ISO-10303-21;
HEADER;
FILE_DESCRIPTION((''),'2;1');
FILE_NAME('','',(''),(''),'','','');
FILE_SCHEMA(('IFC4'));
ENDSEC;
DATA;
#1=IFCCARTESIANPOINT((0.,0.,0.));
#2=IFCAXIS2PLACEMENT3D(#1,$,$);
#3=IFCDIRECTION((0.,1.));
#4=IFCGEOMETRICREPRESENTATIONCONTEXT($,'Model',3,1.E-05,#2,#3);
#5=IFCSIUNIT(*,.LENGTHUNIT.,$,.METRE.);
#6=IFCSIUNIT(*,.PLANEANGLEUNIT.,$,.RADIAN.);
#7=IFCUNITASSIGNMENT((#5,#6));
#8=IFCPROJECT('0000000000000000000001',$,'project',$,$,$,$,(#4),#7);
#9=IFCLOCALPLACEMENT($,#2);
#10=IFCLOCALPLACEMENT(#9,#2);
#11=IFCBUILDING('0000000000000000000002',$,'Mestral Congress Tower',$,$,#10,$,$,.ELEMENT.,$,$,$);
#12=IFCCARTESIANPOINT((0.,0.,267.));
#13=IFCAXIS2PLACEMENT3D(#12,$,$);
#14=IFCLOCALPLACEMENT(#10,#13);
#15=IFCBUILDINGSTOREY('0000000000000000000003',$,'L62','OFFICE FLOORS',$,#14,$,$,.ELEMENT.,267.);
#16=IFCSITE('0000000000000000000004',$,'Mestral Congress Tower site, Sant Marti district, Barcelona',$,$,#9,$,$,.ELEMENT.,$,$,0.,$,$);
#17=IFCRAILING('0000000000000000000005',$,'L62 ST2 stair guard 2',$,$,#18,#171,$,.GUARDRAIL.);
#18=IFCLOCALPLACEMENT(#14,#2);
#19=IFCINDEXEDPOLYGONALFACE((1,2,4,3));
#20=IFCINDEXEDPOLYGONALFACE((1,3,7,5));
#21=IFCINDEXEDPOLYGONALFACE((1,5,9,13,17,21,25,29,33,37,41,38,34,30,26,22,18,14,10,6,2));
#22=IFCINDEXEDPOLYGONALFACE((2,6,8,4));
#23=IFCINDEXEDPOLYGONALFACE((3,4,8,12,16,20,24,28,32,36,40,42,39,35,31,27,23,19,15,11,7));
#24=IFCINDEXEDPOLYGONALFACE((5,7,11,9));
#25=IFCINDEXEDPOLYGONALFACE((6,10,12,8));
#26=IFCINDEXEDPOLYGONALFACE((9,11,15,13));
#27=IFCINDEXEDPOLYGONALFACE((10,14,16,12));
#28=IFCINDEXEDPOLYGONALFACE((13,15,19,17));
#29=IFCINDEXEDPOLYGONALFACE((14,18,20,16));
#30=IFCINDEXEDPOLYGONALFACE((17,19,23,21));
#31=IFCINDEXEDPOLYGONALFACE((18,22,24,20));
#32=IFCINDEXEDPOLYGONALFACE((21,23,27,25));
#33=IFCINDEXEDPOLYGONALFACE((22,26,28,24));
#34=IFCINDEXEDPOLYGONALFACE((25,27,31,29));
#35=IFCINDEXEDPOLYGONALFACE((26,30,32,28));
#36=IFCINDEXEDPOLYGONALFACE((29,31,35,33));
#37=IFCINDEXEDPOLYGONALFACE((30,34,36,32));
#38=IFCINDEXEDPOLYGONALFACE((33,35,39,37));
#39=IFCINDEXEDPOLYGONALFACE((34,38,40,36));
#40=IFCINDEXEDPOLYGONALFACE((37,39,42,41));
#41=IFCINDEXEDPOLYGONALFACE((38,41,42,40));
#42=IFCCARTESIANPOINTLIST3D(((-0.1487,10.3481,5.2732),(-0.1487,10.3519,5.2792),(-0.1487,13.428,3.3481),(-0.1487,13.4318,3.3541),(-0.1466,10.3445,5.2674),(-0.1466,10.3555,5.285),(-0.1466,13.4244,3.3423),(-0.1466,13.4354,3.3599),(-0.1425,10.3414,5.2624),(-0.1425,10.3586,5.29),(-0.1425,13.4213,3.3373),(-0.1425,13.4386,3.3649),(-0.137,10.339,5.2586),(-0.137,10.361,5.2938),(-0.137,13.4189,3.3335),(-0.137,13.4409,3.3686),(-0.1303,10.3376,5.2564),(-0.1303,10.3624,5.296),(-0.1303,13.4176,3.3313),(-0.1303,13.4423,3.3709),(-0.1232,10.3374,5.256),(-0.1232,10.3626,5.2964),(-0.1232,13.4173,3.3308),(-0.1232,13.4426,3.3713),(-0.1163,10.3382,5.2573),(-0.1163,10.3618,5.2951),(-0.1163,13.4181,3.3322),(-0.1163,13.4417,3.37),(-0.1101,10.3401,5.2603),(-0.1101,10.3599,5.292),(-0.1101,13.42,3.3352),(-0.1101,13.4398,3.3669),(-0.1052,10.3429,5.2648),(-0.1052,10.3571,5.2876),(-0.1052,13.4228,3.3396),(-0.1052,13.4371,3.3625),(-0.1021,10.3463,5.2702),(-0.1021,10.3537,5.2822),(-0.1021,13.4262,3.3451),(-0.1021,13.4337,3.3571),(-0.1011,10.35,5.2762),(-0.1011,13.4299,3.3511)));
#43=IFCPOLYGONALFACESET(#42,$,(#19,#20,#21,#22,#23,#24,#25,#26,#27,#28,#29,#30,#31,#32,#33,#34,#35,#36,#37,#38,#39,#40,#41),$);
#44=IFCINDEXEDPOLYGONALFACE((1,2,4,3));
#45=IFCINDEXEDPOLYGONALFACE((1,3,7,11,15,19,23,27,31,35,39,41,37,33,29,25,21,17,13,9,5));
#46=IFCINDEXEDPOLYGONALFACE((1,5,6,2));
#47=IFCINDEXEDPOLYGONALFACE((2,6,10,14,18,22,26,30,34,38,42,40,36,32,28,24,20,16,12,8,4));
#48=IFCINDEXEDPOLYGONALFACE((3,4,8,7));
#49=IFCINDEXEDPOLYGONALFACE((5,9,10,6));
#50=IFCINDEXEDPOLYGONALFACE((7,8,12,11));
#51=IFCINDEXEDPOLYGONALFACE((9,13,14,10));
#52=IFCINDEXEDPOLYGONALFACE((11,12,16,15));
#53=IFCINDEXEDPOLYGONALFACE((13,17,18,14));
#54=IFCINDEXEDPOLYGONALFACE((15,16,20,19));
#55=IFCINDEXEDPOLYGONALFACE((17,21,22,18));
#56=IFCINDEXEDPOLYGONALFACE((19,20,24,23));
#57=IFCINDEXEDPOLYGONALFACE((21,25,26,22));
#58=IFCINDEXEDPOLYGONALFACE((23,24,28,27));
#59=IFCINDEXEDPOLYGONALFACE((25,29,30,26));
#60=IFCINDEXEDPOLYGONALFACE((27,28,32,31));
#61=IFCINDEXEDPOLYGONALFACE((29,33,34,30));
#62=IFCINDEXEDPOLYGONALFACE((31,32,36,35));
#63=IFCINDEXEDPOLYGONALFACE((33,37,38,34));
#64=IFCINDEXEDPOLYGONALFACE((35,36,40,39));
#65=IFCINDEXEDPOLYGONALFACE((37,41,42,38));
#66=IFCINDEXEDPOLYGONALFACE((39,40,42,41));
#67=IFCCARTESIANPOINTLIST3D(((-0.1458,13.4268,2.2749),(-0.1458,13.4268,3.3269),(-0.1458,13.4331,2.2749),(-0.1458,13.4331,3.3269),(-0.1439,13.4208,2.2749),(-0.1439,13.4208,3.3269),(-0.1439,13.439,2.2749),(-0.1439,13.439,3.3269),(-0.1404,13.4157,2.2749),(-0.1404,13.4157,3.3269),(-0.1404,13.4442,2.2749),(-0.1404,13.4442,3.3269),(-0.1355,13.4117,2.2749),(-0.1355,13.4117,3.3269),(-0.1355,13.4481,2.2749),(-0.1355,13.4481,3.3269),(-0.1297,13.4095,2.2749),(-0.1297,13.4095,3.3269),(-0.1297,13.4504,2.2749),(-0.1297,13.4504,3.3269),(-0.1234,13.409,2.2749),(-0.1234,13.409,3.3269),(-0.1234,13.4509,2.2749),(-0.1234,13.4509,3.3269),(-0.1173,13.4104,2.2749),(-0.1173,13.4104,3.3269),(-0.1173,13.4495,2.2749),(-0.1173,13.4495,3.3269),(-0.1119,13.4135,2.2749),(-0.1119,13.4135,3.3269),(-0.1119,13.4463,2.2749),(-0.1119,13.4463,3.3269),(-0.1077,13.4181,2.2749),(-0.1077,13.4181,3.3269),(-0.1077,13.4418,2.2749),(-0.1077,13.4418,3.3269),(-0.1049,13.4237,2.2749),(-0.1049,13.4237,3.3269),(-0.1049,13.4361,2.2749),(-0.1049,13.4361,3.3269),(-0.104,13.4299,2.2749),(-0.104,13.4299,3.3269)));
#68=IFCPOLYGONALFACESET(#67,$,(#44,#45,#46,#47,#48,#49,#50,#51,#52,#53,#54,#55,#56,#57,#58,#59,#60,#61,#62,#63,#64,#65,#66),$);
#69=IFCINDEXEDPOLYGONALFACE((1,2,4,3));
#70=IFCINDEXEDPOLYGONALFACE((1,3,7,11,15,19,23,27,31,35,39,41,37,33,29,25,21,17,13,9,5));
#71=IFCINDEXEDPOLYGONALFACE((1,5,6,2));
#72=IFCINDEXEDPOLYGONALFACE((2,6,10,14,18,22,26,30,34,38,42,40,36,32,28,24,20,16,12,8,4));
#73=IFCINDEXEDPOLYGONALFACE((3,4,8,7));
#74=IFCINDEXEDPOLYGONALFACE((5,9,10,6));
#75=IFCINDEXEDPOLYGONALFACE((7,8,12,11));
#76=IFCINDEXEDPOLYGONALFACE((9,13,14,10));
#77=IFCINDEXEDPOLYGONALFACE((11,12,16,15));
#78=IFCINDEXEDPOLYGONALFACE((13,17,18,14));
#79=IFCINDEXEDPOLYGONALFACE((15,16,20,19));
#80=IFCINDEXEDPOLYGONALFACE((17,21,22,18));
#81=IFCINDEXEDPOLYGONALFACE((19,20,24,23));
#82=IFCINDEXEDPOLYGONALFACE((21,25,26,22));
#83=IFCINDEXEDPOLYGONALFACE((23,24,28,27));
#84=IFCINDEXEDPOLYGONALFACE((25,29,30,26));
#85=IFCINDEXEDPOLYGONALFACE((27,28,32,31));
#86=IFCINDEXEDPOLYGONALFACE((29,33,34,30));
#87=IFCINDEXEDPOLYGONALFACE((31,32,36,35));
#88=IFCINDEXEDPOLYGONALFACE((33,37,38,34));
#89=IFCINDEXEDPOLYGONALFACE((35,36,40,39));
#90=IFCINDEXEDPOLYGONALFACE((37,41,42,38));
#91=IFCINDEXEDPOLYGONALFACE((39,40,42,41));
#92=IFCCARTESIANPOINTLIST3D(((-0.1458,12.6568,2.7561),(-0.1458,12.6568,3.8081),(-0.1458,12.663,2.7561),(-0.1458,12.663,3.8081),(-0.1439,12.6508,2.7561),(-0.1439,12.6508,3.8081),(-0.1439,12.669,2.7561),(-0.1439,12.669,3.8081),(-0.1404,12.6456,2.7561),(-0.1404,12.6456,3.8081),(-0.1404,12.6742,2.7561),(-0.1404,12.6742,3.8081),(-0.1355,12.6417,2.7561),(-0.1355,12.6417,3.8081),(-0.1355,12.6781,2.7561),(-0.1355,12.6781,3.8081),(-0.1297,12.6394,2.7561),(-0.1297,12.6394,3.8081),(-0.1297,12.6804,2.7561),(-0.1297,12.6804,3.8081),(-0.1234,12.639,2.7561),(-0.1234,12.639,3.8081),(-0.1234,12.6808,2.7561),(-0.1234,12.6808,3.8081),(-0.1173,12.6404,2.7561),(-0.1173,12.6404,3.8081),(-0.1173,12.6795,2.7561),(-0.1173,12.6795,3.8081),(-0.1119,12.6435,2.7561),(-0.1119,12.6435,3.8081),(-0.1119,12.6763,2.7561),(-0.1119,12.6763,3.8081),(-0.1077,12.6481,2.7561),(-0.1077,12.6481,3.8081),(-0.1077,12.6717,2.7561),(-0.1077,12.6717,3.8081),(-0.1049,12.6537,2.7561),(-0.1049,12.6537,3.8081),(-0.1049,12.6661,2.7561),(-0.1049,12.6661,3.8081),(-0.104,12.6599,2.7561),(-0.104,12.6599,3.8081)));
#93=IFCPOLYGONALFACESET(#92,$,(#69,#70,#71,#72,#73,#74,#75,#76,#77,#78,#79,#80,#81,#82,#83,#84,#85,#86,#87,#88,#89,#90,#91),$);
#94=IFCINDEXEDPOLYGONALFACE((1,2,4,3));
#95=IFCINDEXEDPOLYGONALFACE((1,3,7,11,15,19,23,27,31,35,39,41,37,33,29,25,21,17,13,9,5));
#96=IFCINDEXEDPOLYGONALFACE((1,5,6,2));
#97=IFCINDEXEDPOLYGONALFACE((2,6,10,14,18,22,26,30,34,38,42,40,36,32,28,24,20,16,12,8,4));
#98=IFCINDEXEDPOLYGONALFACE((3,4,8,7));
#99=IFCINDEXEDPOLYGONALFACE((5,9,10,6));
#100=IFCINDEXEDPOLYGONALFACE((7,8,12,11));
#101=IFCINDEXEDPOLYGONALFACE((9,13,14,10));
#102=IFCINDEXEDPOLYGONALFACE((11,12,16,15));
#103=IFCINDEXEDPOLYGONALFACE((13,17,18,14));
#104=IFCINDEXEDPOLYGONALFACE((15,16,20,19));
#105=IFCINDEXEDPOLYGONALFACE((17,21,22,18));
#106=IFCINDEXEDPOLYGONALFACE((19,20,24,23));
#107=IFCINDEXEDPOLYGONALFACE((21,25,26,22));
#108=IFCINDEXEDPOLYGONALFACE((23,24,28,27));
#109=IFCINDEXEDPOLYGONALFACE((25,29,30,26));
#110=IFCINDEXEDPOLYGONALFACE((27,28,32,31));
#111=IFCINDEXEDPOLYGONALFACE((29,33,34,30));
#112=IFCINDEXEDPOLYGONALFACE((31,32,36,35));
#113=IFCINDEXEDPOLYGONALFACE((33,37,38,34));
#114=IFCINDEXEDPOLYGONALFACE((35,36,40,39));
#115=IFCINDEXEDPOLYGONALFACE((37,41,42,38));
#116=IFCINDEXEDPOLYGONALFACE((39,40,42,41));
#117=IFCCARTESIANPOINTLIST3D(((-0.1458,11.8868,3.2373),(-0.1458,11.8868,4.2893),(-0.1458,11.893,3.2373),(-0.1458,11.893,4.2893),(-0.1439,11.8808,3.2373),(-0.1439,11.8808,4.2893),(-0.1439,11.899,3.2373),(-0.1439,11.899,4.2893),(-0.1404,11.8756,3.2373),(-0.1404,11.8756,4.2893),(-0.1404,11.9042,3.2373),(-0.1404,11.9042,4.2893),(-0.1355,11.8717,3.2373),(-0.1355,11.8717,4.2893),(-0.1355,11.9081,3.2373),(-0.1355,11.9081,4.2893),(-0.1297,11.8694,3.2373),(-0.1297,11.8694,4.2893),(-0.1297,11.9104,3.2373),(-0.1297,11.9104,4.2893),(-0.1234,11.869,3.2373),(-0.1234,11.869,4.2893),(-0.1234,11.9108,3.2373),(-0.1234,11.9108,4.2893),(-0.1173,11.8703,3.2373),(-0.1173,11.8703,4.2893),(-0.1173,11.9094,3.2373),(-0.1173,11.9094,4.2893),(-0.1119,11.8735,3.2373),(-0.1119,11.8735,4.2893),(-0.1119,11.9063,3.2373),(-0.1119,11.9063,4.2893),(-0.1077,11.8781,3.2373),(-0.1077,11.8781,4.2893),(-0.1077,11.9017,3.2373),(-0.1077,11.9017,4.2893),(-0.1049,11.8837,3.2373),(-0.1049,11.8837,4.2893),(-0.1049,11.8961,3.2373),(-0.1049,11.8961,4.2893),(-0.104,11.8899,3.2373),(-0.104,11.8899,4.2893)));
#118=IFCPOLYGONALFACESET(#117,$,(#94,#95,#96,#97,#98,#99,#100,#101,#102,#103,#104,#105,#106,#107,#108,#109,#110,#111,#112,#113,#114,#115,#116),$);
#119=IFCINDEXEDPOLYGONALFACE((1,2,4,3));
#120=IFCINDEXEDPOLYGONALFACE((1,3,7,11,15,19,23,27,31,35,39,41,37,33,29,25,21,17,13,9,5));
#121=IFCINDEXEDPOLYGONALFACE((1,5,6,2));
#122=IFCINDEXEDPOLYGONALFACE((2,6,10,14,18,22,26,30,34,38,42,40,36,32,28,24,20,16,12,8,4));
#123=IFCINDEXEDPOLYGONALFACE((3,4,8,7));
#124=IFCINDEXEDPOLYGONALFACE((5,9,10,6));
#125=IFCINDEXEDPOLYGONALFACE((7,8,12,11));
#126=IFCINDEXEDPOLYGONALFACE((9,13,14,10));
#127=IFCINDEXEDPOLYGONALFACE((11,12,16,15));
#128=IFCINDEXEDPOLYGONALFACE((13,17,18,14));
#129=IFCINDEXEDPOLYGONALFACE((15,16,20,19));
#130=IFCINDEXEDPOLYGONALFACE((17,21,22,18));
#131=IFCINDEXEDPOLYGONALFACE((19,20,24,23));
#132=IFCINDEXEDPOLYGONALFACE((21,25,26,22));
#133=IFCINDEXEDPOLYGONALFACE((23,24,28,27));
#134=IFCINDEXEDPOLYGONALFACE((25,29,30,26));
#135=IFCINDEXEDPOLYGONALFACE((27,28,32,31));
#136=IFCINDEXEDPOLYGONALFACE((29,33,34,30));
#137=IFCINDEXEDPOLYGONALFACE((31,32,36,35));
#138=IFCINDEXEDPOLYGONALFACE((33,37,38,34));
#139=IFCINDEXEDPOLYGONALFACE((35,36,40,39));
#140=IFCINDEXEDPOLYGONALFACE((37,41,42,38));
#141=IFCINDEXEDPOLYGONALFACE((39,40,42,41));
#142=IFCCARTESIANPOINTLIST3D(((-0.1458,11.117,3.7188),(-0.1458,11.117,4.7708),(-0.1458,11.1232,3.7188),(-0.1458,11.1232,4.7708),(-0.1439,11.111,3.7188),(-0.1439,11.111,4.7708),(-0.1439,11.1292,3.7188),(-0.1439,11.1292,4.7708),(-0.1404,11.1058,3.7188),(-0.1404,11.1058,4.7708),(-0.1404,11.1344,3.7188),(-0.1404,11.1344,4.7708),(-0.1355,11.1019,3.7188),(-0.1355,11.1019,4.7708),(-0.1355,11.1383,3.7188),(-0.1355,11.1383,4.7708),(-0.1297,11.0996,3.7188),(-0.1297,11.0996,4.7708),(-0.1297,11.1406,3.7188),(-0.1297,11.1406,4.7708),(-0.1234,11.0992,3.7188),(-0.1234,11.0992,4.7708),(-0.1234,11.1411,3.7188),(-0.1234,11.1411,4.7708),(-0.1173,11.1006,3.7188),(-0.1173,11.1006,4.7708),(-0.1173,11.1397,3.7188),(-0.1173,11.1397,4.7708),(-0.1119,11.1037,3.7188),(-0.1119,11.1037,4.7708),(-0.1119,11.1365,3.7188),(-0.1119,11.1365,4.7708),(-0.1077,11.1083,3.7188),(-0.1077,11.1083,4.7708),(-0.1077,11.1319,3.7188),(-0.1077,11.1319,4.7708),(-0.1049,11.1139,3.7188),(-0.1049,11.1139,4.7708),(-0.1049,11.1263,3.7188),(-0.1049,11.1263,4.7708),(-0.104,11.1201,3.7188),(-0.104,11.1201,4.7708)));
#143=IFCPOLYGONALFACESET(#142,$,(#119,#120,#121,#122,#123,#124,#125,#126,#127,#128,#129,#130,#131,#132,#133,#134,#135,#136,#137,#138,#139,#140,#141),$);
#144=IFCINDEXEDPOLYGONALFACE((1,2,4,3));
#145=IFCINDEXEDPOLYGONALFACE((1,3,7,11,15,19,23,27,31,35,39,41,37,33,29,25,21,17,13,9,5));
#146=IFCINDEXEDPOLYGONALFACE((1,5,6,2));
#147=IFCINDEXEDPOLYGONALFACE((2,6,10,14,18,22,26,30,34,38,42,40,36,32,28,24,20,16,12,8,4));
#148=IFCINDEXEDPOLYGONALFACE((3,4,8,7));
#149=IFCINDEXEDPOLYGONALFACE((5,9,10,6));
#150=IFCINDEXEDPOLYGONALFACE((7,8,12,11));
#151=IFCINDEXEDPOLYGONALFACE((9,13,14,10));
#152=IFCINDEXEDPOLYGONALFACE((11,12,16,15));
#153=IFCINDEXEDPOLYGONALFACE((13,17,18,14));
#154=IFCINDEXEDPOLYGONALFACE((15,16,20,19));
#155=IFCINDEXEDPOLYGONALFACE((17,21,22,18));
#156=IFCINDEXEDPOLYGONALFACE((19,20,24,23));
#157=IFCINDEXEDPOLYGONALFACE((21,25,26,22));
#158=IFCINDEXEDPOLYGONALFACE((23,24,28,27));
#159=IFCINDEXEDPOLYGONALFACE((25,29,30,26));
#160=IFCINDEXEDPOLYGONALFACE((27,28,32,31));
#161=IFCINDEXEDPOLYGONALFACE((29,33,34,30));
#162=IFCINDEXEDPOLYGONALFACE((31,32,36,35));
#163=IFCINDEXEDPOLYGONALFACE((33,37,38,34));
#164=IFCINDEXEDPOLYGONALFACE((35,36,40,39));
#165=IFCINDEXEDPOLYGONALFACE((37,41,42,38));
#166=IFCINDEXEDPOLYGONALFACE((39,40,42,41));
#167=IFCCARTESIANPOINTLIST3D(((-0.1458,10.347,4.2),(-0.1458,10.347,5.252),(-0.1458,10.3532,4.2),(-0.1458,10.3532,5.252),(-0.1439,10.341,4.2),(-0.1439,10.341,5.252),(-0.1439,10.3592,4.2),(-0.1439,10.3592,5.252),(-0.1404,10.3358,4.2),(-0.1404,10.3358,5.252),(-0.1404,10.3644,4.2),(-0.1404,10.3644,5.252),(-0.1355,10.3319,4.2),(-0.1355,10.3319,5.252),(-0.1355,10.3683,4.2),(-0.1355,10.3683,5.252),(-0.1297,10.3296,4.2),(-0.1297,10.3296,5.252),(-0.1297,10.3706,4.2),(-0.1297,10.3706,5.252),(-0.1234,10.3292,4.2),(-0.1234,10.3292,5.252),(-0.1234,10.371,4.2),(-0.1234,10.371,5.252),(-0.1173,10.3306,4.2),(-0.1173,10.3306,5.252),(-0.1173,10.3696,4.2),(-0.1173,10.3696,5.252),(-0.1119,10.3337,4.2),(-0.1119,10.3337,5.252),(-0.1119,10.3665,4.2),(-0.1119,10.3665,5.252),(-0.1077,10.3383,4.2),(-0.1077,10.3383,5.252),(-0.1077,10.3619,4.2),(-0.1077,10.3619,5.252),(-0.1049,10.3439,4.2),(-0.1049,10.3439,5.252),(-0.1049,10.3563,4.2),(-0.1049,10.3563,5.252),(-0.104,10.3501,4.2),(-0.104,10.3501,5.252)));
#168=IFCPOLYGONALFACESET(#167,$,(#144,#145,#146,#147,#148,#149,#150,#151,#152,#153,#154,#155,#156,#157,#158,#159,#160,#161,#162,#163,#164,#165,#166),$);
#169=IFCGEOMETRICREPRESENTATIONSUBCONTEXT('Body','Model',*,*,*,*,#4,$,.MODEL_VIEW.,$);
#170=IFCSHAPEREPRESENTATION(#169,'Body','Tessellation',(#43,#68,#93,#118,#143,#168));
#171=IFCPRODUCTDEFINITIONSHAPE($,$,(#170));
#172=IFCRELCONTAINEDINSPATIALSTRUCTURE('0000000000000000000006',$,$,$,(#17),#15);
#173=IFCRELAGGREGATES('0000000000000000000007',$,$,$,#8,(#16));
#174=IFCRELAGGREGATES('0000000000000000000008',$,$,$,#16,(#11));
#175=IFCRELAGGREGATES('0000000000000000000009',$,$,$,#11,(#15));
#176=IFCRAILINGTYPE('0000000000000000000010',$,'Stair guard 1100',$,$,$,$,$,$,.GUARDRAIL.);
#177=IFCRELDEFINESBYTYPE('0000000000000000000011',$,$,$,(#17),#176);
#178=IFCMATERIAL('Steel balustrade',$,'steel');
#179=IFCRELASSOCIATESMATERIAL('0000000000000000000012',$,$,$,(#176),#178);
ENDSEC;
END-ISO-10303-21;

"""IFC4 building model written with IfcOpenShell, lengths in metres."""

from ifc_helpers import new_model, si_unit, direction, frame, origin, origin_2d, place, context, subcontext, project, spatial, circle, extrude, material, type_object, element, save


model = new_model("IFC4")

# Units and contexts
model_context = context("Model", 3, precision=1e-05, world=origin(), true_north=direction((0.0, 1.0)))
body_context = subcontext(model_context, "Body", "Model", "MODEL_VIEW")
ifc_project = project(units=[si_unit("LENGTHUNIT", "METRE"), si_unit("PLANEANGLEUNIT", "RADIAN")], contexts=[model_context])

# Site, building, storey
site_placement = place(None, origin())
site = spatial("IfcSite", under=ifc_project, at=site_placement, Name="Mestral Congress Tower site, Sant Marti district, Barcelona", CompositionType="ELEMENT", RefElevation=0.0)
building_placement = place(site_placement, origin())
building = spatial("IfcBuilding", under=site, at=building_placement, Name="Mestral Congress Tower", CompositionType="ELEMENT")
storey_placement = place(building_placement, frame((0.0, 0.0, 267.0)))
storey = spatial("IfcBuildingStorey", under=building, at=storey_placement, Name="L62", Description="OFFICE FLOORS", CompositionType="ELEMENT", Elevation=267.0)

# Railing
ifc_material_1 = material(Name="Steel balustrade", Category="steel")
railing_type = type_object("IfcRailingType", Name="Stair guard 1100", PredefinedType="GUARDRAIL", material=ifc_material_1)
railing_placement = place(storey_placement, frame((-0.125, 13.4299, 2.2749)))
element("IfcRailing", 1, at=railing_placement, inside=storey, type_object=railing_type, Name="L62 ST2 stair guard 2", PredefinedType="GUARDRAIL", context=body_context, shape_type="SweptSolid", body=[
    extrude(circle(Radius=0.0239, at=origin_2d()), frame((0.0, 0.0, 1.0762), z_axis=(0.0, -0.847979, 0.530029), x_axis=(1.0, 0.0, 0.0)), (0.0, 0.0, 1.0), 3.6321),
    extrude(circle(Radius=0.021, at=origin_2d()), origin(), (0.0, 0.0, 1.0), 1.052),
    extrude(circle(Radius=0.021, at=origin_2d()), frame((0.0, -0.77, 0.4812)), (0.0, 0.0, 1.0), 1.052),
    extrude(circle(Radius=0.021, at=origin_2d()), frame((0.0, -1.54, 0.9624)), (0.0, 0.0, 1.0), 1.052),
    extrude(circle(Radius=0.021, at=origin_2d()), frame((0.0, -2.3098, 1.4438)), (0.0, 0.0, 1.0), 1.052),
    extrude(circle(Radius=0.021, at=origin_2d()), frame((0.0, -3.0798, 1.925)), (0.0, 0.0, 1.0), 1.052),
])

save(model, "model.ifc")
